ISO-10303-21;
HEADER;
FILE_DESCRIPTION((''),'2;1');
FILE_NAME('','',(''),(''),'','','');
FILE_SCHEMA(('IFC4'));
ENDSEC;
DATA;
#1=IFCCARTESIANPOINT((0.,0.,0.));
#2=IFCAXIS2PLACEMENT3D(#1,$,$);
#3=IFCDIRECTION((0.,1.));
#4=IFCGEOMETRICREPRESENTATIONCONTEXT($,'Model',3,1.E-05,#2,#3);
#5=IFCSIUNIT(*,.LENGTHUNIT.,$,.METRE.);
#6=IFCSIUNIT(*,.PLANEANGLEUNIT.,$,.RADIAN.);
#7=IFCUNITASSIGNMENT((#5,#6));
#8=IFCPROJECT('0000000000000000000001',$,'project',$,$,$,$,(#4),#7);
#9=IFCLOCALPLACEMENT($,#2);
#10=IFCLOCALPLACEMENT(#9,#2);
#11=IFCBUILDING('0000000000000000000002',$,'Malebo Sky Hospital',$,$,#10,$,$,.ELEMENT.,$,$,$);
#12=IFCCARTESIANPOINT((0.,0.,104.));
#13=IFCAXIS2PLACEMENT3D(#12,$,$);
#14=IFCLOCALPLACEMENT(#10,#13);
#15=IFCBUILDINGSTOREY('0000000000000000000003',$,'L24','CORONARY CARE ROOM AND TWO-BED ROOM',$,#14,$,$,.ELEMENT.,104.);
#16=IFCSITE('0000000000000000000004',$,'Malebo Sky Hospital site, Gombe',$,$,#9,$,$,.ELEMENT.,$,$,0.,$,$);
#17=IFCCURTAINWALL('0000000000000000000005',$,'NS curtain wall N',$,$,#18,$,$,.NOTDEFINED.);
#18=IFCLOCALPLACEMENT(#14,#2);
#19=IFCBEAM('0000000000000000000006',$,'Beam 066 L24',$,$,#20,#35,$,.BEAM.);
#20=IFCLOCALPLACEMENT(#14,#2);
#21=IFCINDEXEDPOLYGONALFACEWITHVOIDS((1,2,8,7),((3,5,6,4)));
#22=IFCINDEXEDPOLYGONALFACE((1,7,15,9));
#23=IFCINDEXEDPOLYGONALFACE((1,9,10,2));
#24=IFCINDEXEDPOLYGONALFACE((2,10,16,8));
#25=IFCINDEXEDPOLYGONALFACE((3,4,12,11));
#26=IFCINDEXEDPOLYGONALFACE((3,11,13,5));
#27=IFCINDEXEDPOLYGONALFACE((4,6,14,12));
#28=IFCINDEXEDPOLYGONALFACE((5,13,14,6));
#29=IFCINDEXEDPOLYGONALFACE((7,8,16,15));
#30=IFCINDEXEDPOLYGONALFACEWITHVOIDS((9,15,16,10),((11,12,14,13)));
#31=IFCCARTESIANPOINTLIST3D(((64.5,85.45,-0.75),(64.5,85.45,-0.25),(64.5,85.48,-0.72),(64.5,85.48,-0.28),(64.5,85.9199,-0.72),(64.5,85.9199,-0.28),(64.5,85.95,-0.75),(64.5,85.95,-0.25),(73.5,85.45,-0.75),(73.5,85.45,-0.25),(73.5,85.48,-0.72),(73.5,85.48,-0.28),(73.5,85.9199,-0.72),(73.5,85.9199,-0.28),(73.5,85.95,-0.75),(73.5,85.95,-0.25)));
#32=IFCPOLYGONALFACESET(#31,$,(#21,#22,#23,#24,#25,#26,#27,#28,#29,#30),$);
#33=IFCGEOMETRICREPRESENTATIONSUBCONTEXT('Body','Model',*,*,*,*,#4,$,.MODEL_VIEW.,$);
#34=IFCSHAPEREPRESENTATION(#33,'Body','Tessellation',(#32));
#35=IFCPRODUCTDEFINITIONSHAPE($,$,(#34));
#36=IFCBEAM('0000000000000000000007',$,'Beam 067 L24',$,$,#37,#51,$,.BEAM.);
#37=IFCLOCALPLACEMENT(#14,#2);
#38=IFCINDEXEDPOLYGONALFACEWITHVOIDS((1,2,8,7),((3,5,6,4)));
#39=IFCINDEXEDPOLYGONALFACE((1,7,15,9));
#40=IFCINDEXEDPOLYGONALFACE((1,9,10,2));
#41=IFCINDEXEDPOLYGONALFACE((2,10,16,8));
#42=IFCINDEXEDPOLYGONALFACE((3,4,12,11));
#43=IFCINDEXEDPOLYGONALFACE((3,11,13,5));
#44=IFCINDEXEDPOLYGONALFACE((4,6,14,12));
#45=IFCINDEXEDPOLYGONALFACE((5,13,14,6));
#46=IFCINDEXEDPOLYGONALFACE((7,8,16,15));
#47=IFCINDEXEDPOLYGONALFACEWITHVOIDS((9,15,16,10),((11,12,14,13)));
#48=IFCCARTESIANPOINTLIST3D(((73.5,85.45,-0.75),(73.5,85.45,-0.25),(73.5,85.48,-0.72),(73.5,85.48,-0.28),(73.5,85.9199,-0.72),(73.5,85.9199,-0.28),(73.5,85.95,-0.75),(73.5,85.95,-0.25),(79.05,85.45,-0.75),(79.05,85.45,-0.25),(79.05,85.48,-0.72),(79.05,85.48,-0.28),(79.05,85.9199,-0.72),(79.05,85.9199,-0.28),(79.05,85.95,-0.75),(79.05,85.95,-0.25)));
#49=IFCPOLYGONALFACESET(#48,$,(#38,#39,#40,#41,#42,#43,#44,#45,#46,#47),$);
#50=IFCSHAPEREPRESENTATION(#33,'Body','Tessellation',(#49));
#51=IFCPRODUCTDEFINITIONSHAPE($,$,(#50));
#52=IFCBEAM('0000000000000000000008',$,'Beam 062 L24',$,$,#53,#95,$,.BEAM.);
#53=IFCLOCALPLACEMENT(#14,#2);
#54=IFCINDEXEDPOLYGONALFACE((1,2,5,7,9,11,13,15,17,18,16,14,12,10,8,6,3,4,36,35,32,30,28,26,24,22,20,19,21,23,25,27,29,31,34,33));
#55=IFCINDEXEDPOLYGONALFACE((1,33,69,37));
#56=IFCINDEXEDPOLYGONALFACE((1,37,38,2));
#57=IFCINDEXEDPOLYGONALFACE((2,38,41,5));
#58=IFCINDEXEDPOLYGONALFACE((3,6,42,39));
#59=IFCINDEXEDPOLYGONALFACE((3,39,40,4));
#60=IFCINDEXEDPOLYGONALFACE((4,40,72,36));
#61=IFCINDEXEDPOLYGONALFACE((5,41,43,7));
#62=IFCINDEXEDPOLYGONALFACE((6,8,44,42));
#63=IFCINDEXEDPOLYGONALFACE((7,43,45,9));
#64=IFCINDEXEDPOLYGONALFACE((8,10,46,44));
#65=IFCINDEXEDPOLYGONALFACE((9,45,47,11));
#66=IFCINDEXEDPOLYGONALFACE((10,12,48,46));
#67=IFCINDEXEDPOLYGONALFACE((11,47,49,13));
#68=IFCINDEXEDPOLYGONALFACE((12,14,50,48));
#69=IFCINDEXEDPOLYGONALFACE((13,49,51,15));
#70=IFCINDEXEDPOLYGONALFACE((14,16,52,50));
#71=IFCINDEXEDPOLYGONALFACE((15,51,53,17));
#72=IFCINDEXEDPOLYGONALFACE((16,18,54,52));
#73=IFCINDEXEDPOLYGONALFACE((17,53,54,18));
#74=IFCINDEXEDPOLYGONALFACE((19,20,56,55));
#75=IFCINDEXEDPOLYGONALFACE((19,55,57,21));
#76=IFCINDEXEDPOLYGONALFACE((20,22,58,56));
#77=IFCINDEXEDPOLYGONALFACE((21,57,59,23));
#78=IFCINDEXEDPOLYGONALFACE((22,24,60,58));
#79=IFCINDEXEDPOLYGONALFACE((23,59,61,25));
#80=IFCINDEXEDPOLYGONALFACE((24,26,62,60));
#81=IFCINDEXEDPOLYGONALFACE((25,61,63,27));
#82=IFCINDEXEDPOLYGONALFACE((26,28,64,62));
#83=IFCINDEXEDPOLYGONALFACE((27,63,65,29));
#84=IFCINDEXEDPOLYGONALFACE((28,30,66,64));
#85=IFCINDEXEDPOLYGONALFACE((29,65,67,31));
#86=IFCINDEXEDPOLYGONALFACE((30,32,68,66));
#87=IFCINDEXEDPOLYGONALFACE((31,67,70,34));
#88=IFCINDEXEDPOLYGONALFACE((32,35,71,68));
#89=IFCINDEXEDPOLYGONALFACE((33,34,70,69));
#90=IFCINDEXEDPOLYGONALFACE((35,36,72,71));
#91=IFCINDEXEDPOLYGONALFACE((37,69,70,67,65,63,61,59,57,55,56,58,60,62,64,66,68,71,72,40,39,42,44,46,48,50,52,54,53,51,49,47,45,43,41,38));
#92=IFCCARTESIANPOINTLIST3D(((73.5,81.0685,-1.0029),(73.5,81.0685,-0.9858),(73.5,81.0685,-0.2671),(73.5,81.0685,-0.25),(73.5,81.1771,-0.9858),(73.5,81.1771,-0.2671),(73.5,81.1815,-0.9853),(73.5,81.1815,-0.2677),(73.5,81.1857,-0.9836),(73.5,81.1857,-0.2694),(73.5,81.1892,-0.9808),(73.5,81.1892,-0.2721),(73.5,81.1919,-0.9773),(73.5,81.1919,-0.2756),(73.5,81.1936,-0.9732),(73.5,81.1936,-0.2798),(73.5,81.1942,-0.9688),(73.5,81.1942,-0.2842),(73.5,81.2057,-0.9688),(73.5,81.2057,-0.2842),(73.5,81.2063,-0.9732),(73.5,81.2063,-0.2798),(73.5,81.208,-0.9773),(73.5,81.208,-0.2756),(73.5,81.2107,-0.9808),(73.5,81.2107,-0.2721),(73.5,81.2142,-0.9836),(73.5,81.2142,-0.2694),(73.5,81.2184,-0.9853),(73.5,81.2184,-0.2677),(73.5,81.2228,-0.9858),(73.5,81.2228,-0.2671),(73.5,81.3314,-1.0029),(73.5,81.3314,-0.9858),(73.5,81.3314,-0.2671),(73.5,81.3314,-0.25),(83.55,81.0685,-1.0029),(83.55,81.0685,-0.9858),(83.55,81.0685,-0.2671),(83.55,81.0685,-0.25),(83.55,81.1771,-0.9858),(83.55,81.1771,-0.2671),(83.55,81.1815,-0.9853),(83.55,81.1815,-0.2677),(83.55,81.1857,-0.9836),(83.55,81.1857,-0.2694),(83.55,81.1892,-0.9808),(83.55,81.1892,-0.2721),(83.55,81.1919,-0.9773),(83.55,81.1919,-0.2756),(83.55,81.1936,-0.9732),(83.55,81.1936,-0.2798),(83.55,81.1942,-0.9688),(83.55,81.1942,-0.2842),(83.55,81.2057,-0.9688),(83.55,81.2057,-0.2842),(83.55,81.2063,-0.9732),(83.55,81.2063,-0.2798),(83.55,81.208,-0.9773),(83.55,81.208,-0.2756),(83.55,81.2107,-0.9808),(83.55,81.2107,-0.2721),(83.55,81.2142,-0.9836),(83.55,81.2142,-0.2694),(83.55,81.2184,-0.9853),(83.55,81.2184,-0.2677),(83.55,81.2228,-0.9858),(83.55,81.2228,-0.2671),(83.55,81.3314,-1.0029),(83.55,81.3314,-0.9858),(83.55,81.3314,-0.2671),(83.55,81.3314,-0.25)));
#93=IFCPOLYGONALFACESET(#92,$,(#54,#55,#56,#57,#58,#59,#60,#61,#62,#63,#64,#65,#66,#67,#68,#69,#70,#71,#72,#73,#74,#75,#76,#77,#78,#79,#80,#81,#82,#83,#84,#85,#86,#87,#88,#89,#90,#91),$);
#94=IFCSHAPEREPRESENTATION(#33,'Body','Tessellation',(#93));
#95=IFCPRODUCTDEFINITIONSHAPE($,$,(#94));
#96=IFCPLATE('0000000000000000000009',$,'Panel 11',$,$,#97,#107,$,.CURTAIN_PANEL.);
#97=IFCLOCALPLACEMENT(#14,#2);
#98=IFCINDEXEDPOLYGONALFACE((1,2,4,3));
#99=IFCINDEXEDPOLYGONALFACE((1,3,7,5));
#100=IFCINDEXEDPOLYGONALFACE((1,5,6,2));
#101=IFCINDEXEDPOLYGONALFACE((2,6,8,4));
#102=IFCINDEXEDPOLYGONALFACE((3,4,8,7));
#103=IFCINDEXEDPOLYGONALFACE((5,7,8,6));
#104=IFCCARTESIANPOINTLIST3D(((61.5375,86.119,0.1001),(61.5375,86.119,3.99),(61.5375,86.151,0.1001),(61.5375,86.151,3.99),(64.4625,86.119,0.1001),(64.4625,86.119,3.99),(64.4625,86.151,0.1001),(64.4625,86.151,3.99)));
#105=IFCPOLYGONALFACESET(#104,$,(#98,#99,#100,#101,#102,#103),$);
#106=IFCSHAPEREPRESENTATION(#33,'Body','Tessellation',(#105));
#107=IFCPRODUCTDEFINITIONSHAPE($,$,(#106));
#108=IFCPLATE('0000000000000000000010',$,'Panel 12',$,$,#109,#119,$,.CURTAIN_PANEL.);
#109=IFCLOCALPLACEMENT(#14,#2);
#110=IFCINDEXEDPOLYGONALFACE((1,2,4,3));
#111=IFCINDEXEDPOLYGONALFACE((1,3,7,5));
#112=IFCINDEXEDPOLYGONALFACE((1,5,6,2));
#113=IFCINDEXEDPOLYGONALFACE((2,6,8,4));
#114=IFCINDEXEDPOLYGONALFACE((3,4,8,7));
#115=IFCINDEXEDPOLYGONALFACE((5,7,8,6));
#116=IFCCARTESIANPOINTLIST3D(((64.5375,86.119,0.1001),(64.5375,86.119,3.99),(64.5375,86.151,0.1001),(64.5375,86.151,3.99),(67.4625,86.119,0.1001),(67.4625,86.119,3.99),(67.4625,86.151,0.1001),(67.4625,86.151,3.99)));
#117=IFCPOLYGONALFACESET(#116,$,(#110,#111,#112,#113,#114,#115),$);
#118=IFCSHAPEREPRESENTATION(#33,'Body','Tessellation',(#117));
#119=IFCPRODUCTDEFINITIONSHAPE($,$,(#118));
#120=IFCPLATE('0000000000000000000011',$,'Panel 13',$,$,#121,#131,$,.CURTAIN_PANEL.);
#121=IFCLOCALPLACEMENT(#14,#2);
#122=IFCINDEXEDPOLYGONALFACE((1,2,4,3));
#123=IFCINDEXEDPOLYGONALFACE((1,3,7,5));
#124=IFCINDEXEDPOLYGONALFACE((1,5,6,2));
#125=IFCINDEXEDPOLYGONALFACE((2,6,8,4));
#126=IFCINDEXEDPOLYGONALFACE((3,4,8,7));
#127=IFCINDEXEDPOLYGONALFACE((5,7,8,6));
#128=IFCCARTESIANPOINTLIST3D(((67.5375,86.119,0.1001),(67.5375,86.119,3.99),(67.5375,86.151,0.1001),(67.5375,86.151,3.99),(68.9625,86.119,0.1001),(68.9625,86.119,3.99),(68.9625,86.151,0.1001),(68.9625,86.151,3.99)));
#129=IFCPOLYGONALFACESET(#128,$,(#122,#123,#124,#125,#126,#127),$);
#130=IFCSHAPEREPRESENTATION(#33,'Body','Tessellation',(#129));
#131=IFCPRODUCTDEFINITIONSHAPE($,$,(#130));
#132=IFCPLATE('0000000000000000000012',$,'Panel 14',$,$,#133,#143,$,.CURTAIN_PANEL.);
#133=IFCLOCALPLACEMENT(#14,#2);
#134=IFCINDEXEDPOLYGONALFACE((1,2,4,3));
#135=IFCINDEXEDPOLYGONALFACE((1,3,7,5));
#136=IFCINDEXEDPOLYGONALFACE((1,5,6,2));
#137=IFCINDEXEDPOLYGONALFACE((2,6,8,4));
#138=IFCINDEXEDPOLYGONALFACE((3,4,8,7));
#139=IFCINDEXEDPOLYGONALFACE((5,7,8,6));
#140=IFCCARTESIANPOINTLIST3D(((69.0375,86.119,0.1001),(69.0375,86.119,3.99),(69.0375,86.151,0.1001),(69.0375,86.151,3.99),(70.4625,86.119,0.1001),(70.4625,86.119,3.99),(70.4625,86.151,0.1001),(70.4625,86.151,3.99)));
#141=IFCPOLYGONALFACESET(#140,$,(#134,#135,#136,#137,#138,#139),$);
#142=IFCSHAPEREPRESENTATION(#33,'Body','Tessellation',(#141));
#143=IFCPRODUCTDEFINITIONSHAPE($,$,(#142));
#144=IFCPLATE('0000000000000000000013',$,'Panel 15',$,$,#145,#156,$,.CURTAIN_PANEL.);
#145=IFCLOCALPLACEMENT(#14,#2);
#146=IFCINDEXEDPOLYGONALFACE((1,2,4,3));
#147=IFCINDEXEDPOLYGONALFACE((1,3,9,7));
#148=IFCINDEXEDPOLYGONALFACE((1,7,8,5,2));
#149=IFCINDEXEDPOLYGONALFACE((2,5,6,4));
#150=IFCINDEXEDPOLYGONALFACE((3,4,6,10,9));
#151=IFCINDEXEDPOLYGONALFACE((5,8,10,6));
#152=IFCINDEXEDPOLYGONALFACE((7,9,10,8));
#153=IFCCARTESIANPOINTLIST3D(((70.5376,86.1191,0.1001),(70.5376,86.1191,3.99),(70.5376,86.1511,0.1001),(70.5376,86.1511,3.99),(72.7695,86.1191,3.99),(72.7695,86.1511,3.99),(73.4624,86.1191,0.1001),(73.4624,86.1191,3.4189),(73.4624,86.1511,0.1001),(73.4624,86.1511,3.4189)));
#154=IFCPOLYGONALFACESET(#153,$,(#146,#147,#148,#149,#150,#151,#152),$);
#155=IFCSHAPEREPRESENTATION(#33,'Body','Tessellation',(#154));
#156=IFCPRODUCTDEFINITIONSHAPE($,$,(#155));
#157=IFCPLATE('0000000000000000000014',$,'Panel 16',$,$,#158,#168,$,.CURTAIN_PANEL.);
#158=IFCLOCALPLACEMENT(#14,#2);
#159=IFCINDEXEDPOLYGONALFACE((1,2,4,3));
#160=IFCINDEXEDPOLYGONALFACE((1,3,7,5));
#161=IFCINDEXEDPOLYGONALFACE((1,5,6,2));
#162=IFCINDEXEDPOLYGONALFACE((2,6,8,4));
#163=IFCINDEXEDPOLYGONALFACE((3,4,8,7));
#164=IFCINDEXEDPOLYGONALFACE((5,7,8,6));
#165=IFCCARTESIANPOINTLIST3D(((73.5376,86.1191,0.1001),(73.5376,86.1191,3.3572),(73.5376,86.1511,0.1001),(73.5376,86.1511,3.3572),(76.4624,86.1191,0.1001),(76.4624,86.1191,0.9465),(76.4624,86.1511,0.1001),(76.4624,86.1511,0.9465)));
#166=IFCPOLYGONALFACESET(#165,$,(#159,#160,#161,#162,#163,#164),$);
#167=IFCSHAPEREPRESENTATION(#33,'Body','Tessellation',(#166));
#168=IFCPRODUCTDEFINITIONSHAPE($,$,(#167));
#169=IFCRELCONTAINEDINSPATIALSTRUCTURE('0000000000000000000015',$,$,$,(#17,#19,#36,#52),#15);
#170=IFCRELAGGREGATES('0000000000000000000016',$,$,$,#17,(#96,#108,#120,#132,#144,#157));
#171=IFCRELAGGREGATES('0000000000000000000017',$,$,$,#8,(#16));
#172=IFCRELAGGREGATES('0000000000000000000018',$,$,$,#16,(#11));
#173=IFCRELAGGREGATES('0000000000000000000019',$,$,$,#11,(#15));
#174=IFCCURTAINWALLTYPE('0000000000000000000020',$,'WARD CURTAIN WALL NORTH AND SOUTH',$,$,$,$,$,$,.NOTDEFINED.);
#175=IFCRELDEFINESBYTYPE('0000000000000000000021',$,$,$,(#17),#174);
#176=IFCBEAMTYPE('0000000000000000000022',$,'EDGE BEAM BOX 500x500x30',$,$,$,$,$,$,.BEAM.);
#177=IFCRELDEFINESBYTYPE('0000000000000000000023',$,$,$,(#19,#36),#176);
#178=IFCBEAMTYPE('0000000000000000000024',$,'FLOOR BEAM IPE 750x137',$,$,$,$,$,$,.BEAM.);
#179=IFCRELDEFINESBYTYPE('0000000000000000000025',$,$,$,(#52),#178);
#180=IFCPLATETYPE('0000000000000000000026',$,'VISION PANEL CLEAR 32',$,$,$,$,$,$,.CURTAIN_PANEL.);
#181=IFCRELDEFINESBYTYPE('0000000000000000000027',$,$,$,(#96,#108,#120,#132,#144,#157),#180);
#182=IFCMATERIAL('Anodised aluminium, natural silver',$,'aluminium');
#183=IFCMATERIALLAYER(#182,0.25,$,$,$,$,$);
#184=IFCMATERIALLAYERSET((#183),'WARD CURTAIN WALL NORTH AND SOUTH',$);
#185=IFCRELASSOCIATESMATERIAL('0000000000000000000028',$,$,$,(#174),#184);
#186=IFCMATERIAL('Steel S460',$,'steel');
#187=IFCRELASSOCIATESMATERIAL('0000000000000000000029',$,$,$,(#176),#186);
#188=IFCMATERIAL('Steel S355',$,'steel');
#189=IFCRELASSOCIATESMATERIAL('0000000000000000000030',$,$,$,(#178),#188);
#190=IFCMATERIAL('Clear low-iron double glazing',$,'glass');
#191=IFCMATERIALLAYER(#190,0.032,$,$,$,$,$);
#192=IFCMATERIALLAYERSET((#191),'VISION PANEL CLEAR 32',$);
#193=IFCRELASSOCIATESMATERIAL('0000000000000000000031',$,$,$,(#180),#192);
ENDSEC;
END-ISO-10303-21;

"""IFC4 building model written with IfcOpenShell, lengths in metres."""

from ifc_helpers import new_model, si_unit, direction, frame, origin, origin_2d, place, context, subcontext, project, spatial, polyline, rectangle, hollow_rectangle, i_section, outline, extrude, material, layer, layer_set, material_profile, profile_set, type_object, element, aggregate, save


model = new_model("IFC4")

# Units and contexts
model_context = context("Model", 3, precision=1e-05, world=origin(), true_north=direction((0.0, 1.0)))
body_context = subcontext(model_context, "Body", "Model", "MODEL_VIEW")
ifc_project = project(units=[si_unit("LENGTHUNIT", "METRE"), si_unit("PLANEANGLEUNIT", "RADIAN")], contexts=[model_context])

# Site, building, storey
site_placement = place(None, origin())
site = spatial("IfcSite", under=ifc_project, at=site_placement, Name="Malebo Sky Hospital site, Gombe", CompositionType="ELEMENT", RefElevation=0.0)
building_placement = place(site_placement, origin())
building = spatial("IfcBuilding", under=site, at=building_placement, Name="Malebo Sky Hospital", CompositionType="ELEMENT")
storey_placement = place(building_placement, frame((0.0, 0.0, 104.0)))
storey = spatial("IfcBuildingStorey", under=building, at=storey_placement, Name="L24", Description="CORONARY CARE ROOM AND TWO-BED ROOM", CompositionType="ELEMENT", Elevation=104.0)

# Shared definitions
ifc_material_1 = material(Name="Steel S460", Category="steel")

# Curtain wall
ifc_material_2 = material(Name="Anodised aluminium, natural silver", Category="aluminium")
ifc_layer_1 = layer(ifc_material_2, 0.25)
ifc_layer_set_1 = layer_set([ifc_layer_1], Name="WARD CURTAIN WALL NORTH AND SOUTH")
curtain_wall_type = type_object("IfcCurtainWallType", Name="WARD CURTAIN WALL NORTH AND SOUTH", PredefinedType="NOTDEFINED", material=ifc_layer_set_1)
curtain_wall_placement = place(storey_placement, origin())
curtain_wall = element("IfcCurtainWall", 1, at=curtain_wall_placement, inside=storey, type_object=curtain_wall_type, Name="NS curtain wall N", PredefinedType="NOTDEFINED")

# Beams
ifc_material_profile_1 = material_profile(ifc_material_1, hollow_rectangle(XDim=0.5, YDim=0.5, WallThickness=0.03, at=origin_2d()), Name="BOX 500x500x30")
ifc_profile_set_1 = profile_set([ifc_material_profile_1], Name="Steel S460")
beam_type_1 = type_object("IfcBeamType", Name="EDGE BEAM BOX 500x500x30", PredefinedType="BEAM", material=ifc_profile_set_1)
beam_1_placement = place(storey_placement, frame((64.5, 85.7, -0.5), z_axis=(1.0, 0.0, 0.0), x_axis=(0.0, 1.0, 0.0)))
element("IfcBeam", 2, at=beam_1_placement, inside=storey, type_object=beam_type_1, Name="Beam 066 L24", PredefinedType="BEAM", context=body_context, shape_type="SweptSolid", body=[
    extrude(hollow_rectangle(XDim=0.5, YDim=0.5, WallThickness=0.03, at=origin_2d()), origin(), (0.0, 0.0, 1.0), 9.0),
])
beam_2_placement = place(storey_placement, frame((73.5, 85.7, -0.5), z_axis=(1.0, 0.0, 0.0), x_axis=(0.0, 1.0, 0.0)))
element("IfcBeam", 3, at=beam_2_placement, inside=storey, type_object=beam_type_1, Name="Beam 067 L24", PredefinedType="BEAM", context=body_context, shape_type="SweptSolid", body=[
    extrude(hollow_rectangle(XDim=0.5, YDim=0.5, WallThickness=0.03, at=origin_2d()), origin(), (0.0, 0.0, 1.0), 5.55),
])
ifc_material_3 = material(Name="Steel S355", Category="steel")
ifc_material_profile_2 = material_profile(ifc_material_3, i_section(OverallWidth=0.2629, OverallDepth=0.7529, WebThickness=0.0115, FlangeThickness=0.0171, FilletRadius=0.0171, at=origin_2d()), Name="IPE 750x137")
ifc_profile_set_2 = profile_set([ifc_material_profile_2], Name="Steel S355")
beam_type_2 = type_object("IfcBeamType", Name="FLOOR BEAM IPE 750x137", PredefinedType="BEAM", material=ifc_profile_set_2)
beam_3_placement = place(storey_placement, frame((73.5, 81.2, -0.6265), z_axis=(1.0, 0.0, 0.0), x_axis=(0.0, 1.0, 0.0)))
element("IfcBeam", 4, at=beam_3_placement, inside=storey, type_object=beam_type_2, Name="Beam 062 L24", PredefinedType="BEAM", context=body_context, shape_type="SweptSolid", body=[
    extrude(i_section(OverallWidth=0.2629, OverallDepth=0.7529, WebThickness=0.0115, FlangeThickness=0.0171, FilletRadius=0.0171, at=origin_2d()), origin(), (0.0, 0.0, 1.0), 10.05),
])

# Plates
ifc_material_4 = material(Name="Clear low-iron double glazing", Category="glass")
ifc_layer_2 = layer(ifc_material_4, 0.032)
ifc_layer_set_2 = layer_set([ifc_layer_2], Name="VISION PANEL CLEAR 32")
plate_type = type_object("IfcPlateType", Name="VISION PANEL CLEAR 32", PredefinedType="CURTAIN_PANEL", material=ifc_layer_set_2)
plate_1_placement = place(storey_placement, frame((63.0, 86.135, 0.1001), z_axis=(0.0, 0.0, 1.0), x_axis=(1.0, 0.0, 0.0)))
plate_1 = element("IfcPlate", 5, at=plate_1_placement, type_object=plate_type, Name="Panel 11", PredefinedType="CURTAIN_PANEL", context=body_context, shape_type="SweptSolid", body=[
    extrude(rectangle(XDim=2.925, YDim=0.032, at=origin_2d()), origin(), (0.0, 0.0, 1.0), 3.8899),
])
plate_2_placement = place(storey_placement, frame((66.0, 86.135, 0.1001), z_axis=(0.0, 0.0, 1.0), x_axis=(1.0, 0.0, 0.0)))
plate_2 = element("IfcPlate", 6, at=plate_2_placement, type_object=plate_type, Name="Panel 12", PredefinedType="CURTAIN_PANEL", context=body_context, shape_type="SweptSolid", body=[
    extrude(rectangle(XDim=2.925, YDim=0.032, at=origin_2d()), origin(), (0.0, 0.0, 1.0), 3.8899),
])
plate_3_placement = place(storey_placement, frame((68.25, 86.135, 0.1001), z_axis=(0.0, 0.0, 1.0), x_axis=(1.0, 0.0, 0.0)))
plate_3 = element("IfcPlate", 7, at=plate_3_placement, type_object=plate_type, Name="Panel 13", PredefinedType="CURTAIN_PANEL", context=body_context, shape_type="SweptSolid", body=[
    extrude(rectangle(XDim=1.425, YDim=0.032, at=origin_2d()), origin(), (0.0, 0.0, 1.0), 3.8899),
])
plate_4_placement = place(storey_placement, frame((69.75, 86.135, 0.1001), z_axis=(0.0, 0.0, 1.0), x_axis=(1.0, 0.0, 0.0)))
plate_4 = element("IfcPlate", 8, at=plate_4_placement, type_object=plate_type, Name="Panel 14", PredefinedType="CURTAIN_PANEL", context=body_context, shape_type="SweptSolid", body=[
    extrude(rectangle(XDim=1.425, YDim=0.032, at=origin_2d()), origin(), (0.0, 0.0, 1.0), 3.8899),
])
plate_5_placement = place(storey_placement, frame((72.0, 86.135, 0.1001), z_axis=(0.0, 0.0, 1.0), x_axis=(1.0, 0.0, 0.0)))
plate_5 = element("IfcPlate", 9, at=plate_5_placement, type_object=plate_type, Name="Panel 15", PredefinedType="CURTAIN_PANEL", context=body_context, shape_type="SweptSolid", body=[
    extrude(outline(polyline([(-1.4624, 0.0), (1.4624, 0.0), (1.4624, 3.3188), (0.7695, 3.8899), (-1.4624, 3.8899), (-1.4624, 0.0)])), frame((0.0, 0.0161, 0.0), z_axis=(0.0, -1.0, 0.0), x_axis=(1.0, 0.0, 0.0)), (0.0, 0.0, 1.0), 0.032),
])
plate_6_placement = place(storey_placement, frame((75.0, 86.135, 0.1001), z_axis=(0.0, 0.0, 1.0), x_axis=(1.0, 0.0, 0.0)))
plate_6 = element("IfcPlate", 10, at=plate_6_placement, type_object=plate_type, Name="Panel 16", PredefinedType="CURTAIN_PANEL", context=body_context, shape_type="SweptSolid", body=[
    extrude(outline(polyline([(-1.4624, 0.0), (1.4624, 0.0), (1.4624, 0.8464), (-1.4624, 3.2571), (-1.4624, 0.0)])), frame((0.0, 0.0161, 0.0), z_axis=(0.0, -1.0, 0.0), x_axis=(1.0, 0.0, 0.0)), (0.0, 0.0, 1.0), 0.032),
])
aggregate(curtain_wall, [plate_1, plate_2, plate_3, plate_4, plate_5, plate_6])

save(model, "model.ifc")
